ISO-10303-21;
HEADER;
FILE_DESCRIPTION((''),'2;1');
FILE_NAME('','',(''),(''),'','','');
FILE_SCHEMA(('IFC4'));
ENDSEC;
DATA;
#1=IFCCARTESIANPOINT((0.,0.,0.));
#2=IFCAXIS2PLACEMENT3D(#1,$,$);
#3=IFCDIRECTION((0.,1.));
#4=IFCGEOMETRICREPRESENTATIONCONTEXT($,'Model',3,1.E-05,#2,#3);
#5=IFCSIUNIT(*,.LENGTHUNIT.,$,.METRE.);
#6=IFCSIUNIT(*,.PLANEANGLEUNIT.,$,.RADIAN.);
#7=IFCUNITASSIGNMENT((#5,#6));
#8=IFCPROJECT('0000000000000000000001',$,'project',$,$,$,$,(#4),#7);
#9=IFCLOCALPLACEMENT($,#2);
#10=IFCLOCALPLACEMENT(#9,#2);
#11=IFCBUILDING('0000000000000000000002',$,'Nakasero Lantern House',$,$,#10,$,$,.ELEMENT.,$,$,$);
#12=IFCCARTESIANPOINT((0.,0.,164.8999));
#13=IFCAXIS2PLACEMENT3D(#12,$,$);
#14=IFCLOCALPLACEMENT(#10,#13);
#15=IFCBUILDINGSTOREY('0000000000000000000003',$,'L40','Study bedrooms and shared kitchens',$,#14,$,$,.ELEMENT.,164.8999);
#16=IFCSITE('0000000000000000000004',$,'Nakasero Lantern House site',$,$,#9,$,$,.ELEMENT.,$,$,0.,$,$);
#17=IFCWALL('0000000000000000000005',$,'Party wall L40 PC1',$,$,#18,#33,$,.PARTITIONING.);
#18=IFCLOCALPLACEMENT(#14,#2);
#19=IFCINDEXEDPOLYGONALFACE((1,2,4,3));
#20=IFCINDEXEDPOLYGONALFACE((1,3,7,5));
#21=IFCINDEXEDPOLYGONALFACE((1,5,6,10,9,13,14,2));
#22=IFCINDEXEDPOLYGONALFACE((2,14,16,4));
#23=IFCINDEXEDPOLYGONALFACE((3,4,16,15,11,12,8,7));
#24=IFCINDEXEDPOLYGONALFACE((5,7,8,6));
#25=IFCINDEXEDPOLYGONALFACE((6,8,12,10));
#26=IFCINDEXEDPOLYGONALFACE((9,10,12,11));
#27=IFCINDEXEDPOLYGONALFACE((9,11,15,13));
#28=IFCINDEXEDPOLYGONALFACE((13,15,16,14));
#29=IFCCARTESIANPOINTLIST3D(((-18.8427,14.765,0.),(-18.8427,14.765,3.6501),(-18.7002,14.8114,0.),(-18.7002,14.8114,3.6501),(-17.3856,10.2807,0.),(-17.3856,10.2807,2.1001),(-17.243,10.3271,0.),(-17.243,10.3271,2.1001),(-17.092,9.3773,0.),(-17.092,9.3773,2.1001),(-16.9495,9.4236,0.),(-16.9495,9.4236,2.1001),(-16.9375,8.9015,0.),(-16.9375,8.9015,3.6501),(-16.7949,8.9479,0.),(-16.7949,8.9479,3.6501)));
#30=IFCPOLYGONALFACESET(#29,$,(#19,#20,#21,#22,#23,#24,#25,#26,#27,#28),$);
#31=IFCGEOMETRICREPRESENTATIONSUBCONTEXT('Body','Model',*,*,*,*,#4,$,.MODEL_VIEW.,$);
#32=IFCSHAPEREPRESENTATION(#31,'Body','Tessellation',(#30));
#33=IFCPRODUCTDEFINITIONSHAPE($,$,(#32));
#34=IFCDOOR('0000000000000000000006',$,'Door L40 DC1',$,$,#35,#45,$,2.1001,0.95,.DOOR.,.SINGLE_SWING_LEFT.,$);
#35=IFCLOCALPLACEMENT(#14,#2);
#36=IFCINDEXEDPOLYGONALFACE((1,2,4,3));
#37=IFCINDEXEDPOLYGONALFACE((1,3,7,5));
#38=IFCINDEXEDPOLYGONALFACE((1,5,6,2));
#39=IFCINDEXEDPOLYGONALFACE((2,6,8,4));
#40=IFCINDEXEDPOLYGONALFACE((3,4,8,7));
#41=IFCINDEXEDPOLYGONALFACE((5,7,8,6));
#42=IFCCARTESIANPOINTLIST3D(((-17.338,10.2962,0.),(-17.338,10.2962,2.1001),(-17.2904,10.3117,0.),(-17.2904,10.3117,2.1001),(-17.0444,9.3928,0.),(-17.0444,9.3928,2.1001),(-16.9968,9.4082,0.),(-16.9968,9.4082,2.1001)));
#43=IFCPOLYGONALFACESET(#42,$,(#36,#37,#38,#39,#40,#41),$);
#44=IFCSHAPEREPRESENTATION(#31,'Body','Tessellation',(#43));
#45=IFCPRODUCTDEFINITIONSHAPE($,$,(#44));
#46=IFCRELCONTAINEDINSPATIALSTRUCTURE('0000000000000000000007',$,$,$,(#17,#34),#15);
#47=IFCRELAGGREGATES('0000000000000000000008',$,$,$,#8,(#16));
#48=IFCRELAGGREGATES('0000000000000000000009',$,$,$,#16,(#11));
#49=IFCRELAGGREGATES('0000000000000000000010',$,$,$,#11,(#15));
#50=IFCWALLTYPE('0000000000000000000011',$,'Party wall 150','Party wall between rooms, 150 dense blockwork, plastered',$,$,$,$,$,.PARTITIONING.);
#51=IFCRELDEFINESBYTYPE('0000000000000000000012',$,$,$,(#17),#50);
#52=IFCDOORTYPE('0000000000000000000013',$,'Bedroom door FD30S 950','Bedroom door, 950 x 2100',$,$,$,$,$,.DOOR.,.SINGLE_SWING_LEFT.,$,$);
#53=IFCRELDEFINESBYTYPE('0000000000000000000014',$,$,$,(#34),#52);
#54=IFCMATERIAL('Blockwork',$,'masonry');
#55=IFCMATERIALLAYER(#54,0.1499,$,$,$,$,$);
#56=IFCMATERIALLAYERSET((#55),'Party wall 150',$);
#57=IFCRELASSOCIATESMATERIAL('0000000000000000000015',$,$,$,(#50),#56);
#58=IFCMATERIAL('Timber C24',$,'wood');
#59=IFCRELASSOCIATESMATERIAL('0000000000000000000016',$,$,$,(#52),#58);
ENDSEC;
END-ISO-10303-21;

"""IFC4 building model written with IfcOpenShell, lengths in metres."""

from ifc_helpers import new_model, si_unit, direction, frame, frame_2d, origin, place, context, subcontext, project, spatial, rectangle, extrude, material, layer, layer_set, type_object, element, fill, save


model = new_model("IFC4")

# Units and contexts
model_context = context("Model", 3, precision=1e-05, world=origin(), true_north=direction((0.0, 1.0)))
body_context = subcontext(model_context, "Body", "Model", "MODEL_VIEW")
ifc_project = project(units=[si_unit("LENGTHUNIT", "METRE"), si_unit("PLANEANGLEUNIT", "RADIAN")], contexts=[model_context])

# Site, building, storey
site_placement = place(None, origin())
site = spatial("IfcSite", under=ifc_project, at=site_placement, Name="Nakasero Lantern House site", CompositionType="ELEMENT", RefElevation=0.0)
building_placement = place(site_placement, origin())
building = spatial("IfcBuilding", under=site, at=building_placement, Name="Nakasero Lantern House", CompositionType="ELEMENT")
storey_placement = place(building_placement, frame((0.0, 0.0, 164.8999)))
storey = spatial("IfcBuildingStorey", under=building, at=storey_placement, Name="L40", Description="Study bedrooms and shared kitchens", CompositionType="ELEMENT", Elevation=164.8999)

# Shared definitions
ifc_material_1 = material(Name="Blockwork", Category="masonry")
ifc_layer_1 = layer(ifc_material_1, 0.1499)
ifc_layer_set_1 = layer_set([ifc_layer_1], Name="Party wall 150")
wall_type_1 = type_object("IfcWallType", Name="Party wall 150", Description="Party wall between rooms, 150 dense blockwork, plastered", PredefinedType="PARTITIONING", material=ifc_layer_set_1)

# Wall, opening, door
wall_1_placement = place(storey_placement, frame((-16.8662, 8.9248, 0.0), z_axis=(0.0, 0.0, 1.0), x_axis=(-0.309031, 0.951052, 0.0)))
wall_1 = element("IfcWall", 1, at=wall_1_placement, inside=storey, type_object=wall_type_1, Name="Party wall L40 PC1", PredefinedType="PARTITIONING", context=body_context, shape_type="SweptSolid", body=[
    extrude(rectangle(XDim=6.1653, YDim=0.1499, at=frame_2d((3.0825, 0.0))), origin(), (0.0, 0.0, 1.0), 3.6501),
])
opening_1_placement = place(wall_1_placement, frame((0.5, 0.0, 0.0)))
opening_1 = element("IfcOpeningElement", 2, at=opening_1_placement, cuts=wall_1, PredefinedType="OPENING", context=body_context, shape_type="SweptSolid", body=[
    extrude(rectangle(XDim=0.95, YDim=2.1001, at=frame_2d((0.4751, 1.05))), frame((0.0, 0.095, 0.0), z_axis=(0.0, -1.0, 0.0), x_axis=(1.0, 0.0, 0.0)), (0.0, 0.0, 1.0), 0.1899),
])
ifc_material_2 = material(Name="Timber C24", Category="wood")
door_type_1 = type_object("IfcDoorType", Name="Bedroom door FD30S 950", Description="Bedroom door, 950 x 2100", OperationType="SINGLE_SWING_LEFT", PredefinedType="DOOR", material=ifc_material_2)
door_1_placement = place(opening_1_placement, origin())
door_1 = element("IfcDoor", 3, at=door_1_placement, inside=storey, type_object=door_type_1, Name="Door L40 DC1", OperationType="SINGLE_SWING_LEFT", OverallHeight=2.1001, OverallWidth=0.95, PredefinedType="DOOR", context=body_context, shape_type="SweptSolid", body=[
    extrude(rectangle(XDim=0.95, YDim=2.1001, at=frame_2d((0.4751, 1.05))), frame((0.0, 0.0249, 0.0), z_axis=(0.0, -1.0, 0.0), x_axis=(1.0, 0.0, 0.0)), (0.0, 0.0, 1.0), 0.05),
])
fill(opening_1, door_1)

save(model, "model.ifc")
